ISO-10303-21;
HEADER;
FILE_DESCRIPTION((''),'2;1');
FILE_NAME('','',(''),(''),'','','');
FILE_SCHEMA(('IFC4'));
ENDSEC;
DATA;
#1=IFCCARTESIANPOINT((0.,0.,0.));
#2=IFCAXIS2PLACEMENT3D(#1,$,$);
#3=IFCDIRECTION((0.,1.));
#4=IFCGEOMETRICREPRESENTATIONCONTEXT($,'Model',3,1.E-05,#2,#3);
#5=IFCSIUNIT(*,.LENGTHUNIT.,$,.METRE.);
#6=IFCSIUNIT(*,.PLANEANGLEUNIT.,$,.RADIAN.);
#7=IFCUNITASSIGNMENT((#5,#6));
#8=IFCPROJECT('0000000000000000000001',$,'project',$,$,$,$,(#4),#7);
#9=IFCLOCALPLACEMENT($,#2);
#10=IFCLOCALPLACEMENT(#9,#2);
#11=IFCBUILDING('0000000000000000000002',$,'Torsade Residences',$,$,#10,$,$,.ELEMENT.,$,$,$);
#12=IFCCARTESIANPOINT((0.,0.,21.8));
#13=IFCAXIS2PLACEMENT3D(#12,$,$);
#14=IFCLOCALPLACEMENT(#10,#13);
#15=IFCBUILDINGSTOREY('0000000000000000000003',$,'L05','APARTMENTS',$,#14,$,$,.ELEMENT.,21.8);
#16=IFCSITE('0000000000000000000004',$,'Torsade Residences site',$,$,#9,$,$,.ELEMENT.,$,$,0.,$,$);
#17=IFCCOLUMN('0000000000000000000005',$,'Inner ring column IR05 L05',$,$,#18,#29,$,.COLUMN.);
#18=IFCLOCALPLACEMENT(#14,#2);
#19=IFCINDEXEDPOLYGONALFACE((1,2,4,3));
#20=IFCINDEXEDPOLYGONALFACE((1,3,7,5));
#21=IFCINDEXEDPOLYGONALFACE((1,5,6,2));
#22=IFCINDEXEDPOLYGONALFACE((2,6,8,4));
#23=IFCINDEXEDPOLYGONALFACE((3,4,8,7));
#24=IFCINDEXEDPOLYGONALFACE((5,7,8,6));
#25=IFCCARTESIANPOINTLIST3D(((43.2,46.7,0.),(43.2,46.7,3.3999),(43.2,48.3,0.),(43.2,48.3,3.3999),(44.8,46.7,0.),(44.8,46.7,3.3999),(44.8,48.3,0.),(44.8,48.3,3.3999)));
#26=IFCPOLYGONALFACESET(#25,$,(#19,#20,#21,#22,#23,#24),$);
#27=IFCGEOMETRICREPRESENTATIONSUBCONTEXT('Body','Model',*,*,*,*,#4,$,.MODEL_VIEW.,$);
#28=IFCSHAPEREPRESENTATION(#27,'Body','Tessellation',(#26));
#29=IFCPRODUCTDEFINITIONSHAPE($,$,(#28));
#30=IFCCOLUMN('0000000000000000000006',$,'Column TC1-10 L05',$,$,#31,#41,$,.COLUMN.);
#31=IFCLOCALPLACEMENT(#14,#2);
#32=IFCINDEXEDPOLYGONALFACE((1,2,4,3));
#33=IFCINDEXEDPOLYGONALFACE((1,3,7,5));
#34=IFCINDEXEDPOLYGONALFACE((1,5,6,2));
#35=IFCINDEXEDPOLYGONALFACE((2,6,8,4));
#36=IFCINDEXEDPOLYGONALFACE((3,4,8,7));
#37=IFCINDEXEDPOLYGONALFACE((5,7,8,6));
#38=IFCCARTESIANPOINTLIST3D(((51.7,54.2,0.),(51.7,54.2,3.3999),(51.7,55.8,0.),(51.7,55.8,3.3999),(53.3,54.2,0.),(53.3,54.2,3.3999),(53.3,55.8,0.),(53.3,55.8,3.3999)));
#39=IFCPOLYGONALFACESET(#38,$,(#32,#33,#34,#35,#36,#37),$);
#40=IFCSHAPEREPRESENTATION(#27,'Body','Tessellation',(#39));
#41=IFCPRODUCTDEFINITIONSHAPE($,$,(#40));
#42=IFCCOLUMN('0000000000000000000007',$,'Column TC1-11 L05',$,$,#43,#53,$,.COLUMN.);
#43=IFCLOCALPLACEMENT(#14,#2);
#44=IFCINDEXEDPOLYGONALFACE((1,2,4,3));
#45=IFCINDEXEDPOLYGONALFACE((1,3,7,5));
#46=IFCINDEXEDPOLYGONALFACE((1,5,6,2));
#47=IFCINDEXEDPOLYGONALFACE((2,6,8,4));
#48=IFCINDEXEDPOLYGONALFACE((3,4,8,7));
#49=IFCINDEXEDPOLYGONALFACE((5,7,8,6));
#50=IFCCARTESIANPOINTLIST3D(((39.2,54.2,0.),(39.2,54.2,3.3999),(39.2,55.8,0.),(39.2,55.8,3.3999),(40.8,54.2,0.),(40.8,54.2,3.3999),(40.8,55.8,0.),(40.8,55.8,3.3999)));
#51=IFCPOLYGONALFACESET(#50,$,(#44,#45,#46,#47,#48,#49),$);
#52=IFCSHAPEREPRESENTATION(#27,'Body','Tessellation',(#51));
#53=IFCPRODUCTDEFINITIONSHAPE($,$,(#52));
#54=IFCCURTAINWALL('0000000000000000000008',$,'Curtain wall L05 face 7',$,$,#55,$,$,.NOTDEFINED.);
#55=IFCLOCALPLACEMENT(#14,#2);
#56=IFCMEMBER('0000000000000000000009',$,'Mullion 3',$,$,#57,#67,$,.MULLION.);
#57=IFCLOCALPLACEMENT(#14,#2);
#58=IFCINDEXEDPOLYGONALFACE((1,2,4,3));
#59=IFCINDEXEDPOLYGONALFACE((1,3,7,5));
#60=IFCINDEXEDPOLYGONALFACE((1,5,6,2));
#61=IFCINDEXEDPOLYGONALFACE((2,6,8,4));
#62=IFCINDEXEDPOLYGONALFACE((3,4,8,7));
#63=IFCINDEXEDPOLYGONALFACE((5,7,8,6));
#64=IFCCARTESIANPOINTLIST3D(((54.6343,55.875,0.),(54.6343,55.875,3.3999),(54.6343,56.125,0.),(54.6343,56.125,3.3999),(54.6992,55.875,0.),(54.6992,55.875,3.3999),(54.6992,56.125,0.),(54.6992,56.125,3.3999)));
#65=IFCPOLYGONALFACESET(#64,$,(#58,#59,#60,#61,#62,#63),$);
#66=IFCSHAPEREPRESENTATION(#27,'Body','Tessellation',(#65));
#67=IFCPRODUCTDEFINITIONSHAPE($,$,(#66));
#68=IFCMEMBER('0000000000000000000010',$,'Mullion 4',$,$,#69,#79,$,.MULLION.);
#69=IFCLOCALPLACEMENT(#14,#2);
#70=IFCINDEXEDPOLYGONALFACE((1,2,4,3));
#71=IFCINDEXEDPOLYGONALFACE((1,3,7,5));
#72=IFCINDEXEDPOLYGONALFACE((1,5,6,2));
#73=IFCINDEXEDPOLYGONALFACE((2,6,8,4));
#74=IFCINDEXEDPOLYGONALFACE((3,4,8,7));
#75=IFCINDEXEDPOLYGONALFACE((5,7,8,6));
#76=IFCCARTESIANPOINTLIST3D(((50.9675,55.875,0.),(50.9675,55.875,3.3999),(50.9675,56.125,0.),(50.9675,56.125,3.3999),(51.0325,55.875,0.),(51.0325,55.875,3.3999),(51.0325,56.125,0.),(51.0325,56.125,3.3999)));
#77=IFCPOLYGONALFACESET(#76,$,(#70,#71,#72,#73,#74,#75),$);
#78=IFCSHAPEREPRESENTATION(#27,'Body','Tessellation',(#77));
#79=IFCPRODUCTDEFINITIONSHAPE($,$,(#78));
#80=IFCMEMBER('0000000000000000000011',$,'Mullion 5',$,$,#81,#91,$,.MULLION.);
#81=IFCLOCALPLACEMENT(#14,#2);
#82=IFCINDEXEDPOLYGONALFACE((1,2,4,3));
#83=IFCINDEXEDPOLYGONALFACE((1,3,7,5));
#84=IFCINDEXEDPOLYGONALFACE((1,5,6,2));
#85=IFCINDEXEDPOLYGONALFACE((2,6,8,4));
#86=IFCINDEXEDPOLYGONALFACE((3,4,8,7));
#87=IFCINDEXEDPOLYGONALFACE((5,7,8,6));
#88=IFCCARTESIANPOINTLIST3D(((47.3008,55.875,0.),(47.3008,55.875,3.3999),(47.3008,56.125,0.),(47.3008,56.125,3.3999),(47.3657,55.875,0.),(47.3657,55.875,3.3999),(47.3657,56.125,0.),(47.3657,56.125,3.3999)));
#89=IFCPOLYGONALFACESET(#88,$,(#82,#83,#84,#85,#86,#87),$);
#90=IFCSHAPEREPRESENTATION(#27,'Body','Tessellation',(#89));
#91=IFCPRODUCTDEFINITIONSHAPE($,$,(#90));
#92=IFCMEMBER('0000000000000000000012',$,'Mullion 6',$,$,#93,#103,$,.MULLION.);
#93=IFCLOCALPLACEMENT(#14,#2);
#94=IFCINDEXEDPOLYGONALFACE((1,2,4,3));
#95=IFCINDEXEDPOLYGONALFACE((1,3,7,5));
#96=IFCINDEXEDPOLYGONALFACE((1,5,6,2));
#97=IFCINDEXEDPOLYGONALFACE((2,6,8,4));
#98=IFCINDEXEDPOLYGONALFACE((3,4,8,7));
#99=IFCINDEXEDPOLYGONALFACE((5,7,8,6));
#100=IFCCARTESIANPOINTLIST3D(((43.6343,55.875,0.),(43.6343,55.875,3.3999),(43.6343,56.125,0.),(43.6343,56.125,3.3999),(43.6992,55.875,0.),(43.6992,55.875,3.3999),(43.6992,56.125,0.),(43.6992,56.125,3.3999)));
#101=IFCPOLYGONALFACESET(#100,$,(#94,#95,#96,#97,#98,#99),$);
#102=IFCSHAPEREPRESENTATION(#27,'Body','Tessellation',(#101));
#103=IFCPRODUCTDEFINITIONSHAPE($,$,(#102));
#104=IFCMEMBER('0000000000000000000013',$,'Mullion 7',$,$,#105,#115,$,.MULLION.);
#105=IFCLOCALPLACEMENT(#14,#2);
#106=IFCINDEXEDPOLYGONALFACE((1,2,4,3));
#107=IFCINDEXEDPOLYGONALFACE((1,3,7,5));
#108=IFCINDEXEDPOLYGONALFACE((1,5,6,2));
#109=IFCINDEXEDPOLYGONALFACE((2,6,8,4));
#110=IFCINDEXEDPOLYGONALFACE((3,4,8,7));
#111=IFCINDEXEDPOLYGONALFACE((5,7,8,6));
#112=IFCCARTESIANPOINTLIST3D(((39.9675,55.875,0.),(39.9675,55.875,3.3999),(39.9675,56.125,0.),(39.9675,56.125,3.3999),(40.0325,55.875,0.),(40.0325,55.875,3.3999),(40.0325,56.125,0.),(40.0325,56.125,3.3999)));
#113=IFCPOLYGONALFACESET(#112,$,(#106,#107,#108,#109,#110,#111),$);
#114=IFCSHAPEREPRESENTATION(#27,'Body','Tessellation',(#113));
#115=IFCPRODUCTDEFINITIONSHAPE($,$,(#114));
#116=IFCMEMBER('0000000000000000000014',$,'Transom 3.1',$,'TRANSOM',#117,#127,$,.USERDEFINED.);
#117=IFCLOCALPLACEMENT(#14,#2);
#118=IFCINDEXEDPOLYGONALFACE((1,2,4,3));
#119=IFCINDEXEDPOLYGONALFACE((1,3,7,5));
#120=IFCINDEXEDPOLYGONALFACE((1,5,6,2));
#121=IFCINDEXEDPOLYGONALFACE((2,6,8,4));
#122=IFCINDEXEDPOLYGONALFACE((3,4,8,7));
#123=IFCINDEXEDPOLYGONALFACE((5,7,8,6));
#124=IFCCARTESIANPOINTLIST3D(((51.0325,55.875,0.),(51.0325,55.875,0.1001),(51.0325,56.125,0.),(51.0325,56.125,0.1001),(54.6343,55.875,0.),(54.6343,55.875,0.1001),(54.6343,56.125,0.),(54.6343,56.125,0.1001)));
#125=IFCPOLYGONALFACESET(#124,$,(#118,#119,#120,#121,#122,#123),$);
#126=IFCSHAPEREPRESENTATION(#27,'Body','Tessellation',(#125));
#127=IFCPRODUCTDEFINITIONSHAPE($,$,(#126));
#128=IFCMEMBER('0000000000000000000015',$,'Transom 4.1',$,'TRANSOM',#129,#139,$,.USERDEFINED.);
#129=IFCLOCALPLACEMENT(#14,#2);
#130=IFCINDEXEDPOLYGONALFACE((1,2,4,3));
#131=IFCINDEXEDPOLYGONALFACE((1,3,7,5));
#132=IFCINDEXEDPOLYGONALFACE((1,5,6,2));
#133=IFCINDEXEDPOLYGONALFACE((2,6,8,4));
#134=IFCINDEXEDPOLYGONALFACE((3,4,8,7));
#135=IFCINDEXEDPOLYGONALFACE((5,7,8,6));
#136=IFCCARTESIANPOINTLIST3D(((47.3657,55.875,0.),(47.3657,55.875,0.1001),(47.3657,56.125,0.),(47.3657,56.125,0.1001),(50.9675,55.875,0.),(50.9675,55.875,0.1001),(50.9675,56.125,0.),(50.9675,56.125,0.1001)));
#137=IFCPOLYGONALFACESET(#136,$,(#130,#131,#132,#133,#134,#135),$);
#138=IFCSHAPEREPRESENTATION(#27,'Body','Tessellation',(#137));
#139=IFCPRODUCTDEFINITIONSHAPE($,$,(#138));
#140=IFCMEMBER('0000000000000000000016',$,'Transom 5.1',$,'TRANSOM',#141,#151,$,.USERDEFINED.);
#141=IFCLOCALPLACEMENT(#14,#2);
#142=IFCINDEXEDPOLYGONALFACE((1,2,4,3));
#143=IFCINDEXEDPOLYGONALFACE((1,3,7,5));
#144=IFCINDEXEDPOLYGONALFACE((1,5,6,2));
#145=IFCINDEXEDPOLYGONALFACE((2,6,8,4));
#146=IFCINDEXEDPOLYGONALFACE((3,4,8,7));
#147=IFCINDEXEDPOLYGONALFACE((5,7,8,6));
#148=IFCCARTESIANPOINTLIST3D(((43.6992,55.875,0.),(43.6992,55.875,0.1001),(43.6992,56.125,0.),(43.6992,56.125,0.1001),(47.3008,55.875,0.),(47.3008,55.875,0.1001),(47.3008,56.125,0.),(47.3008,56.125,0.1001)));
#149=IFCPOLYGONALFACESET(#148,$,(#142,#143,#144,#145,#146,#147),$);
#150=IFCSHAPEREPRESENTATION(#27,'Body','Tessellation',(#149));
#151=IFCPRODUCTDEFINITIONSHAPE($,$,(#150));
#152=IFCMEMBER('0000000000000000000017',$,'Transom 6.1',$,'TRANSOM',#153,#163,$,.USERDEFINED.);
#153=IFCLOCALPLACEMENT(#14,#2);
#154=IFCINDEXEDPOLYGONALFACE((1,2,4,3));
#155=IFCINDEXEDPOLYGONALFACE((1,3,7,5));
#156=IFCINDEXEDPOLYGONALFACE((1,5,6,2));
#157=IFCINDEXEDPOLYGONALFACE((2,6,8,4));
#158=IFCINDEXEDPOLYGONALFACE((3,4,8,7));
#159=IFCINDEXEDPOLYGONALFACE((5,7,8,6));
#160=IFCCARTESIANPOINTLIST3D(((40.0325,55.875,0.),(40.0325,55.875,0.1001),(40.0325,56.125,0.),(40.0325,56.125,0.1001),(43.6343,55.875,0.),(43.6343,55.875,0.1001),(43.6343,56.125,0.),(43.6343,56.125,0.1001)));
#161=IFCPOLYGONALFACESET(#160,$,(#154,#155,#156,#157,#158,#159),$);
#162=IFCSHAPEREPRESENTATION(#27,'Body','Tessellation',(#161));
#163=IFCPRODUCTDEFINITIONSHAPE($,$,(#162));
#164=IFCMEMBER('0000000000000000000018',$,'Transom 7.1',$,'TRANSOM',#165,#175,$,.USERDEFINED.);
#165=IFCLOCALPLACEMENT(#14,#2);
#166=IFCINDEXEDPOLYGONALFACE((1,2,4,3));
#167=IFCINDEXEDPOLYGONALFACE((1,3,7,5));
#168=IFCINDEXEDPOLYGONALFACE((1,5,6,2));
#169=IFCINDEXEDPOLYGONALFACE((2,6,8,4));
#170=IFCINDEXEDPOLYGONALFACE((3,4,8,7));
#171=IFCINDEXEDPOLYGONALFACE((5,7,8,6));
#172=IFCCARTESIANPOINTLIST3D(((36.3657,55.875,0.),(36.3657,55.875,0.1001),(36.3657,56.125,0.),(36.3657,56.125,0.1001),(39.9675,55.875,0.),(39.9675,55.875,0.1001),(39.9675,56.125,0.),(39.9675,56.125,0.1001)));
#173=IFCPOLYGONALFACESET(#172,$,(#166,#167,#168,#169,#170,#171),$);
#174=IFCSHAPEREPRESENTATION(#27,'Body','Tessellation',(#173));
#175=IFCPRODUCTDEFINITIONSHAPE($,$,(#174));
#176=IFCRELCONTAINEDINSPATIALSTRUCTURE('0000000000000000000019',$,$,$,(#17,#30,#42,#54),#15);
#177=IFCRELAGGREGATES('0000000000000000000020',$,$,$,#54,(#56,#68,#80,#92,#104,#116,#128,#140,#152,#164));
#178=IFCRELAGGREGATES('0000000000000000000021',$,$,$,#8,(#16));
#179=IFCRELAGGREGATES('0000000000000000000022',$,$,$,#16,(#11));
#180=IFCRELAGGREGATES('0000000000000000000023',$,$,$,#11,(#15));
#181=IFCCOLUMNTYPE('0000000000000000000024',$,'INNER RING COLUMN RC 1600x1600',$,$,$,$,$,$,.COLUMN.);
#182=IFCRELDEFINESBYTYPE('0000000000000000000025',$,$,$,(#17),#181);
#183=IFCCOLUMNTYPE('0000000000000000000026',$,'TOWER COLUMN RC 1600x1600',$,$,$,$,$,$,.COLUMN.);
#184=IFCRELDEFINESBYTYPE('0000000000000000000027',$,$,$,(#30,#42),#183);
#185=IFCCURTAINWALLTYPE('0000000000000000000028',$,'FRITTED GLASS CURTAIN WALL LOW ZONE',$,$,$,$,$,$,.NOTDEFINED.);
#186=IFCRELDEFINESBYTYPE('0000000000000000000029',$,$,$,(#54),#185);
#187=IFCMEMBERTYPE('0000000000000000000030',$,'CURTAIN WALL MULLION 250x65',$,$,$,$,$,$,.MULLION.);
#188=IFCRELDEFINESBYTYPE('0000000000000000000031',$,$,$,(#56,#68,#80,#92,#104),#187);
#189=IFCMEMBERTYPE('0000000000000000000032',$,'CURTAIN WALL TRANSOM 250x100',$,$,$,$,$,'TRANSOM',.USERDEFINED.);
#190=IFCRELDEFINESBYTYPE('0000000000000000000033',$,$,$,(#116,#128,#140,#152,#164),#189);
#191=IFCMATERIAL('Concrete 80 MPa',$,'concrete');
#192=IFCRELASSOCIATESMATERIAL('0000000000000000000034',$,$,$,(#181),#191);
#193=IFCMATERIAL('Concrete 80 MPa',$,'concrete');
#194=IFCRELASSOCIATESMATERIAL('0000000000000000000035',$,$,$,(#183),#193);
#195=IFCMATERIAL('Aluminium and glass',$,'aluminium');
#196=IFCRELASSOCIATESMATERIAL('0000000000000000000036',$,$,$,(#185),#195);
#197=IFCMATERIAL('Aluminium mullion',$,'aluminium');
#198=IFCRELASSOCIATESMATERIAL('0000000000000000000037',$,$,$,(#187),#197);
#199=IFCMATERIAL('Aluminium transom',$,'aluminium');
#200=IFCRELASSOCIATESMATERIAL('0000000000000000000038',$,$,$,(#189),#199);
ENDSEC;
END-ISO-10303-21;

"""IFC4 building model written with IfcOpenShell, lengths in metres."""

from ifc_helpers import new_model, si_unit, direction, frame, origin, origin_2d, place, context, subcontext, project, spatial, rectangle, extrude, material, material_profile, profile_set, type_object, element, aggregate, save


model = new_model("IFC4")

# Units and contexts
model_context = context("Model", 3, precision=1e-05, world=origin(), true_north=direction((0.0, 1.0)))
body_context = subcontext(model_context, "Body", "Model", "MODEL_VIEW")
ifc_project = project(units=[si_unit("LENGTHUNIT", "METRE"), si_unit("PLANEANGLEUNIT", "RADIAN")], contexts=[model_context])

# Site, building, storey
site_placement = place(None, origin())
site = spatial("IfcSite", under=ifc_project, at=site_placement, Name="Torsade Residences site", CompositionType="ELEMENT", RefElevation=0.0)
building_placement = place(site_placement, origin())
building = spatial("IfcBuilding", under=site, at=building_placement, Name="Torsade Residences", CompositionType="ELEMENT")
storey_placement = place(building_placement, frame((0.0, 0.0, 21.8)))
storey = spatial("IfcBuildingStorey", under=building, at=storey_placement, Name="L05", Description="APARTMENTS", CompositionType="ELEMENT", Elevation=21.8)

# Columns
ifc_material_1 = material(Name="Concrete 80 MPa", Category="concrete")
ifc_material_profile_1 = material_profile(ifc_material_1, rectangle(XDim=1.6001, YDim=1.6001, at=origin_2d()), Name="RC 1600x1600")
ifc_profile_set_1 = profile_set([ifc_material_profile_1], Name="Concrete 80 MPa")
column_type_1 = type_object("IfcColumnType", Name="INNER RING COLUMN RC 1600x1600", PredefinedType="COLUMN", material=ifc_profile_set_1)
column_placement = place(storey_placement, frame((44.0, 47.5, 0.0), z_axis=(0.0, 0.0, 1.0), x_axis=(1.0, 0.0, 0.0)))
element("IfcColumn", 1, at=column_placement, inside=storey, type_object=column_type_1, Name="Inner ring column IR05 L05", PredefinedType="COLUMN", context=body_context, shape_type="SweptSolid", body=[
    extrude(rectangle(XDim=1.6001, YDim=1.6001, at=origin_2d()), origin(), (0.0, 0.0, 1.0), 3.3999),
])
ifc_material_2 = material(Name="Concrete 80 MPa", Category="concrete")
ifc_material_profile_2 = material_profile(ifc_material_2, rectangle(XDim=1.6001, YDim=1.6001, at=origin_2d()), Name="RC 1600x1600")
ifc_profile_set_2 = profile_set([ifc_material_profile_2], Name="Concrete 80 MPa")
column_type_2 = type_object("IfcColumnType", Name="TOWER COLUMN RC 1600x1600", PredefinedType="COLUMN", material=ifc_profile_set_2)
for number, where, z_axis, x_axis, name in (
    (2, (52.5, 55.0, 0.0), (0.0, 0.0, 1.0), (1.0, 0.0, 0.0), "Column TC1-10 L05"),
    (3, (40.0, 55.0, 0.0), (0.0, 0.0, 1.0), (1.0, 0.0, 0.0), "Column TC1-11 L05"),
):
    element("IfcColumn", number, at=place(storey_placement, frame(where, z_axis=z_axis, x_axis=x_axis)), inside=storey, type_object=column_type_2, Name=name, PredefinedType="COLUMN", context=body_context, shape_type="SweptSolid", body=[
        extrude(rectangle(XDim=1.6001, YDim=1.6001, at=origin_2d()), origin(), (0.0, 0.0, 1.0), 3.3999),
    ])

# Curtain wall, members
ifc_material_3 = material(Name="Aluminium and glass", Category="aluminium")
curtain_wall_type = type_object("IfcCurtainWallType", Name="FRITTED GLASS CURTAIN WALL LOW ZONE", PredefinedType="NOTDEFINED", material=ifc_material_3)
curtain_wall_placement = place(storey_placement, origin())
curtain_wall = element("IfcCurtainWall", 4, at=curtain_wall_placement, inside=storey, type_object=curtain_wall_type, Name="Curtain wall L05 face 7", PredefinedType="NOTDEFINED")
ifc_material_4 = material(Name="Aluminium mullion", Category="aluminium")
ifc_material_profile_3 = material_profile(ifc_material_4, rectangle(XDim=0.25, YDim=0.0649, at=origin_2d()), Name="CURTAIN WALL MULLION 250x65")
ifc_profile_set_3 = profile_set([ifc_material_profile_3], Name="Aluminium mullion")
member_type_1 = type_object("IfcMemberType", Name="CURTAIN WALL MULLION 250x65", PredefinedType="MULLION", material=ifc_profile_set_3)
member_1_placement = place(storey_placement, frame((54.6667, 56.0, 0.0), z_axis=(0.0, 0.0, 1.0), x_axis=(0.0, -1.0, 0.0)))
member_1 = element("IfcMember", 5, at=member_1_placement, type_object=member_type_1, Name="Mullion 3", PredefinedType="MULLION", context=body_context, shape_type="SweptSolid", body=[
    extrude(rectangle(XDim=0.25, YDim=0.0649, at=origin_2d()), origin(), (0.0, 0.0, 1.0), 3.3999),
])
member_2_placement = place(storey_placement, frame((51.0, 56.0, 0.0), z_axis=(0.0, 0.0, 1.0), x_axis=(0.0, -1.0, 0.0)))
member_2 = element("IfcMember", 6, at=member_2_placement, type_object=member_type_1, Name="Mullion 4", PredefinedType="MULLION", context=body_context, shape_type="SweptSolid", body=[
    extrude(rectangle(XDim=0.25, YDim=0.0649, at=origin_2d()), origin(), (0.0, 0.0, 1.0), 3.3999),
])
member_3_placement = place(storey_placement, frame((47.3333, 56.0, 0.0), z_axis=(0.0, 0.0, 1.0), x_axis=(0.0, -1.0, 0.0)))
member_3 = element("IfcMember", 7, at=member_3_placement, type_object=member_type_1, Name="Mullion 5", PredefinedType="MULLION", context=body_context, shape_type="SweptSolid", body=[
    extrude(rectangle(XDim=0.25, YDim=0.0649, at=origin_2d()), origin(), (0.0, 0.0, 1.0), 3.3999),
])
member_4_placement = place(storey_placement, frame((43.6667, 56.0, 0.0), z_axis=(0.0, 0.0, 1.0), x_axis=(0.0, -1.0, 0.0)))
member_4 = element("IfcMember", 8, at=member_4_placement, type_object=member_type_1, Name="Mullion 6", PredefinedType="MULLION", context=body_context, shape_type="SweptSolid", body=[
    extrude(rectangle(XDim=0.25, YDim=0.0649, at=origin_2d()), origin(), (0.0, 0.0, 1.0), 3.3999),
])
member_5_placement = place(storey_placement, frame((40.0, 56.0, 0.0), z_axis=(0.0, 0.0, 1.0), x_axis=(0.0, -1.0, 0.0)))
member_5 = element("IfcMember", 9, at=member_5_placement, type_object=member_type_1, Name="Mullion 7", PredefinedType="MULLION", context=body_context, shape_type="SweptSolid", body=[
    extrude(rectangle(XDim=0.25, YDim=0.0649, at=origin_2d()), origin(), (0.0, 0.0, 1.0), 3.3999),
])
ifc_material_5 = material(Name="Aluminium transom", Category="aluminium")
ifc_material_profile_4 = material_profile(ifc_material_5, rectangle(XDim=0.25, YDim=0.1001, at=origin_2d()), Name="CURTAIN WALL TRANSOM 250x100")
ifc_profile_set_4 = profile_set([ifc_material_profile_4], Name="Aluminium transom")
member_type_2 = type_object("IfcMemberType", Name="CURTAIN WALL TRANSOM 250x100", ElementType="TRANSOM", PredefinedType="USERDEFINED", material=ifc_profile_set_4)
member_6_placement = place(storey_placement, frame((54.6343, 56.0, 0.05), z_axis=(-1.0, 0.0, 0.0), x_axis=(0.0, -1.0, 0.0)))
member_6 = element("IfcMember", 10, at=member_6_placement, type_object=member_type_2, Name="Transom 3.1", ObjectType="TRANSOM", PredefinedType="USERDEFINED", context=body_context, shape_type="SweptSolid", body=[
    extrude(rectangle(XDim=0.25, YDim=0.1001, at=origin_2d()), origin(), (0.0, 0.0, 1.0), 3.6018),
])
member_7_placement = place(storey_placement, frame((50.9675, 56.0, 0.05), z_axis=(-1.0, 0.0, 0.0), x_axis=(0.0, -1.0, 0.0)))
member_7 = element("IfcMember", 11, at=member_7_placement, type_object=member_type_2, Name="Transom 4.1", ObjectType="TRANSOM", PredefinedType="USERDEFINED", context=body_context, shape_type="SweptSolid", body=[
    extrude(rectangle(XDim=0.25, YDim=0.1001, at=origin_2d()), origin(), (0.0, 0.0, 1.0), 3.6018),
])
member_8_placement = place(storey_placement, frame((47.3008, 56.0, 0.05), z_axis=(-1.0, 0.0, 0.0), x_axis=(0.0, -1.0, 0.0)))
member_8 = element("IfcMember", 12, at=member_8_placement, type_object=member_type_2, Name="Transom 5.1", ObjectType="TRANSOM", PredefinedType="USERDEFINED", context=body_context, shape_type="SweptSolid", body=[
    extrude(rectangle(XDim=0.25, YDim=0.1001, at=origin_2d()), origin(), (0.0, 0.0, 1.0), 3.6016),
])
member_9_placement = place(storey_placement, frame((43.6343, 56.0, 0.05), z_axis=(-1.0, 0.0, 0.0), x_axis=(0.0, -1.0, 0.0)))
member_9 = element("IfcMember", 13, at=member_9_placement, type_object=member_type_2, Name="Transom 6.1", ObjectType="TRANSOM", PredefinedType="USERDEFINED", context=body_context, shape_type="SweptSolid", body=[
    extrude(rectangle(XDim=0.25, YDim=0.1001, at=origin_2d()), origin(), (0.0, 0.0, 1.0), 3.6018),
])
member_10_placement = place(storey_placement, frame((39.9675, 56.0, 0.05), z_axis=(-1.0, 0.0, 0.0), x_axis=(0.0, -1.0, 0.0)))
member_10 = element("IfcMember", 14, at=member_10_placement, type_object=member_type_2, Name="Transom 7.1", ObjectType="TRANSOM", PredefinedType="USERDEFINED", context=body_context, shape_type="SweptSolid", body=[
    extrude(rectangle(XDim=0.25, YDim=0.1001, at=origin_2d()), origin(), (0.0, 0.0, 1.0), 3.6018),
])

aggregate(curtain_wall, [member_1, member_2, member_3, member_4, member_5, member_6, member_7, member_8, member_9, member_10])

save(model, "model.ifc")
